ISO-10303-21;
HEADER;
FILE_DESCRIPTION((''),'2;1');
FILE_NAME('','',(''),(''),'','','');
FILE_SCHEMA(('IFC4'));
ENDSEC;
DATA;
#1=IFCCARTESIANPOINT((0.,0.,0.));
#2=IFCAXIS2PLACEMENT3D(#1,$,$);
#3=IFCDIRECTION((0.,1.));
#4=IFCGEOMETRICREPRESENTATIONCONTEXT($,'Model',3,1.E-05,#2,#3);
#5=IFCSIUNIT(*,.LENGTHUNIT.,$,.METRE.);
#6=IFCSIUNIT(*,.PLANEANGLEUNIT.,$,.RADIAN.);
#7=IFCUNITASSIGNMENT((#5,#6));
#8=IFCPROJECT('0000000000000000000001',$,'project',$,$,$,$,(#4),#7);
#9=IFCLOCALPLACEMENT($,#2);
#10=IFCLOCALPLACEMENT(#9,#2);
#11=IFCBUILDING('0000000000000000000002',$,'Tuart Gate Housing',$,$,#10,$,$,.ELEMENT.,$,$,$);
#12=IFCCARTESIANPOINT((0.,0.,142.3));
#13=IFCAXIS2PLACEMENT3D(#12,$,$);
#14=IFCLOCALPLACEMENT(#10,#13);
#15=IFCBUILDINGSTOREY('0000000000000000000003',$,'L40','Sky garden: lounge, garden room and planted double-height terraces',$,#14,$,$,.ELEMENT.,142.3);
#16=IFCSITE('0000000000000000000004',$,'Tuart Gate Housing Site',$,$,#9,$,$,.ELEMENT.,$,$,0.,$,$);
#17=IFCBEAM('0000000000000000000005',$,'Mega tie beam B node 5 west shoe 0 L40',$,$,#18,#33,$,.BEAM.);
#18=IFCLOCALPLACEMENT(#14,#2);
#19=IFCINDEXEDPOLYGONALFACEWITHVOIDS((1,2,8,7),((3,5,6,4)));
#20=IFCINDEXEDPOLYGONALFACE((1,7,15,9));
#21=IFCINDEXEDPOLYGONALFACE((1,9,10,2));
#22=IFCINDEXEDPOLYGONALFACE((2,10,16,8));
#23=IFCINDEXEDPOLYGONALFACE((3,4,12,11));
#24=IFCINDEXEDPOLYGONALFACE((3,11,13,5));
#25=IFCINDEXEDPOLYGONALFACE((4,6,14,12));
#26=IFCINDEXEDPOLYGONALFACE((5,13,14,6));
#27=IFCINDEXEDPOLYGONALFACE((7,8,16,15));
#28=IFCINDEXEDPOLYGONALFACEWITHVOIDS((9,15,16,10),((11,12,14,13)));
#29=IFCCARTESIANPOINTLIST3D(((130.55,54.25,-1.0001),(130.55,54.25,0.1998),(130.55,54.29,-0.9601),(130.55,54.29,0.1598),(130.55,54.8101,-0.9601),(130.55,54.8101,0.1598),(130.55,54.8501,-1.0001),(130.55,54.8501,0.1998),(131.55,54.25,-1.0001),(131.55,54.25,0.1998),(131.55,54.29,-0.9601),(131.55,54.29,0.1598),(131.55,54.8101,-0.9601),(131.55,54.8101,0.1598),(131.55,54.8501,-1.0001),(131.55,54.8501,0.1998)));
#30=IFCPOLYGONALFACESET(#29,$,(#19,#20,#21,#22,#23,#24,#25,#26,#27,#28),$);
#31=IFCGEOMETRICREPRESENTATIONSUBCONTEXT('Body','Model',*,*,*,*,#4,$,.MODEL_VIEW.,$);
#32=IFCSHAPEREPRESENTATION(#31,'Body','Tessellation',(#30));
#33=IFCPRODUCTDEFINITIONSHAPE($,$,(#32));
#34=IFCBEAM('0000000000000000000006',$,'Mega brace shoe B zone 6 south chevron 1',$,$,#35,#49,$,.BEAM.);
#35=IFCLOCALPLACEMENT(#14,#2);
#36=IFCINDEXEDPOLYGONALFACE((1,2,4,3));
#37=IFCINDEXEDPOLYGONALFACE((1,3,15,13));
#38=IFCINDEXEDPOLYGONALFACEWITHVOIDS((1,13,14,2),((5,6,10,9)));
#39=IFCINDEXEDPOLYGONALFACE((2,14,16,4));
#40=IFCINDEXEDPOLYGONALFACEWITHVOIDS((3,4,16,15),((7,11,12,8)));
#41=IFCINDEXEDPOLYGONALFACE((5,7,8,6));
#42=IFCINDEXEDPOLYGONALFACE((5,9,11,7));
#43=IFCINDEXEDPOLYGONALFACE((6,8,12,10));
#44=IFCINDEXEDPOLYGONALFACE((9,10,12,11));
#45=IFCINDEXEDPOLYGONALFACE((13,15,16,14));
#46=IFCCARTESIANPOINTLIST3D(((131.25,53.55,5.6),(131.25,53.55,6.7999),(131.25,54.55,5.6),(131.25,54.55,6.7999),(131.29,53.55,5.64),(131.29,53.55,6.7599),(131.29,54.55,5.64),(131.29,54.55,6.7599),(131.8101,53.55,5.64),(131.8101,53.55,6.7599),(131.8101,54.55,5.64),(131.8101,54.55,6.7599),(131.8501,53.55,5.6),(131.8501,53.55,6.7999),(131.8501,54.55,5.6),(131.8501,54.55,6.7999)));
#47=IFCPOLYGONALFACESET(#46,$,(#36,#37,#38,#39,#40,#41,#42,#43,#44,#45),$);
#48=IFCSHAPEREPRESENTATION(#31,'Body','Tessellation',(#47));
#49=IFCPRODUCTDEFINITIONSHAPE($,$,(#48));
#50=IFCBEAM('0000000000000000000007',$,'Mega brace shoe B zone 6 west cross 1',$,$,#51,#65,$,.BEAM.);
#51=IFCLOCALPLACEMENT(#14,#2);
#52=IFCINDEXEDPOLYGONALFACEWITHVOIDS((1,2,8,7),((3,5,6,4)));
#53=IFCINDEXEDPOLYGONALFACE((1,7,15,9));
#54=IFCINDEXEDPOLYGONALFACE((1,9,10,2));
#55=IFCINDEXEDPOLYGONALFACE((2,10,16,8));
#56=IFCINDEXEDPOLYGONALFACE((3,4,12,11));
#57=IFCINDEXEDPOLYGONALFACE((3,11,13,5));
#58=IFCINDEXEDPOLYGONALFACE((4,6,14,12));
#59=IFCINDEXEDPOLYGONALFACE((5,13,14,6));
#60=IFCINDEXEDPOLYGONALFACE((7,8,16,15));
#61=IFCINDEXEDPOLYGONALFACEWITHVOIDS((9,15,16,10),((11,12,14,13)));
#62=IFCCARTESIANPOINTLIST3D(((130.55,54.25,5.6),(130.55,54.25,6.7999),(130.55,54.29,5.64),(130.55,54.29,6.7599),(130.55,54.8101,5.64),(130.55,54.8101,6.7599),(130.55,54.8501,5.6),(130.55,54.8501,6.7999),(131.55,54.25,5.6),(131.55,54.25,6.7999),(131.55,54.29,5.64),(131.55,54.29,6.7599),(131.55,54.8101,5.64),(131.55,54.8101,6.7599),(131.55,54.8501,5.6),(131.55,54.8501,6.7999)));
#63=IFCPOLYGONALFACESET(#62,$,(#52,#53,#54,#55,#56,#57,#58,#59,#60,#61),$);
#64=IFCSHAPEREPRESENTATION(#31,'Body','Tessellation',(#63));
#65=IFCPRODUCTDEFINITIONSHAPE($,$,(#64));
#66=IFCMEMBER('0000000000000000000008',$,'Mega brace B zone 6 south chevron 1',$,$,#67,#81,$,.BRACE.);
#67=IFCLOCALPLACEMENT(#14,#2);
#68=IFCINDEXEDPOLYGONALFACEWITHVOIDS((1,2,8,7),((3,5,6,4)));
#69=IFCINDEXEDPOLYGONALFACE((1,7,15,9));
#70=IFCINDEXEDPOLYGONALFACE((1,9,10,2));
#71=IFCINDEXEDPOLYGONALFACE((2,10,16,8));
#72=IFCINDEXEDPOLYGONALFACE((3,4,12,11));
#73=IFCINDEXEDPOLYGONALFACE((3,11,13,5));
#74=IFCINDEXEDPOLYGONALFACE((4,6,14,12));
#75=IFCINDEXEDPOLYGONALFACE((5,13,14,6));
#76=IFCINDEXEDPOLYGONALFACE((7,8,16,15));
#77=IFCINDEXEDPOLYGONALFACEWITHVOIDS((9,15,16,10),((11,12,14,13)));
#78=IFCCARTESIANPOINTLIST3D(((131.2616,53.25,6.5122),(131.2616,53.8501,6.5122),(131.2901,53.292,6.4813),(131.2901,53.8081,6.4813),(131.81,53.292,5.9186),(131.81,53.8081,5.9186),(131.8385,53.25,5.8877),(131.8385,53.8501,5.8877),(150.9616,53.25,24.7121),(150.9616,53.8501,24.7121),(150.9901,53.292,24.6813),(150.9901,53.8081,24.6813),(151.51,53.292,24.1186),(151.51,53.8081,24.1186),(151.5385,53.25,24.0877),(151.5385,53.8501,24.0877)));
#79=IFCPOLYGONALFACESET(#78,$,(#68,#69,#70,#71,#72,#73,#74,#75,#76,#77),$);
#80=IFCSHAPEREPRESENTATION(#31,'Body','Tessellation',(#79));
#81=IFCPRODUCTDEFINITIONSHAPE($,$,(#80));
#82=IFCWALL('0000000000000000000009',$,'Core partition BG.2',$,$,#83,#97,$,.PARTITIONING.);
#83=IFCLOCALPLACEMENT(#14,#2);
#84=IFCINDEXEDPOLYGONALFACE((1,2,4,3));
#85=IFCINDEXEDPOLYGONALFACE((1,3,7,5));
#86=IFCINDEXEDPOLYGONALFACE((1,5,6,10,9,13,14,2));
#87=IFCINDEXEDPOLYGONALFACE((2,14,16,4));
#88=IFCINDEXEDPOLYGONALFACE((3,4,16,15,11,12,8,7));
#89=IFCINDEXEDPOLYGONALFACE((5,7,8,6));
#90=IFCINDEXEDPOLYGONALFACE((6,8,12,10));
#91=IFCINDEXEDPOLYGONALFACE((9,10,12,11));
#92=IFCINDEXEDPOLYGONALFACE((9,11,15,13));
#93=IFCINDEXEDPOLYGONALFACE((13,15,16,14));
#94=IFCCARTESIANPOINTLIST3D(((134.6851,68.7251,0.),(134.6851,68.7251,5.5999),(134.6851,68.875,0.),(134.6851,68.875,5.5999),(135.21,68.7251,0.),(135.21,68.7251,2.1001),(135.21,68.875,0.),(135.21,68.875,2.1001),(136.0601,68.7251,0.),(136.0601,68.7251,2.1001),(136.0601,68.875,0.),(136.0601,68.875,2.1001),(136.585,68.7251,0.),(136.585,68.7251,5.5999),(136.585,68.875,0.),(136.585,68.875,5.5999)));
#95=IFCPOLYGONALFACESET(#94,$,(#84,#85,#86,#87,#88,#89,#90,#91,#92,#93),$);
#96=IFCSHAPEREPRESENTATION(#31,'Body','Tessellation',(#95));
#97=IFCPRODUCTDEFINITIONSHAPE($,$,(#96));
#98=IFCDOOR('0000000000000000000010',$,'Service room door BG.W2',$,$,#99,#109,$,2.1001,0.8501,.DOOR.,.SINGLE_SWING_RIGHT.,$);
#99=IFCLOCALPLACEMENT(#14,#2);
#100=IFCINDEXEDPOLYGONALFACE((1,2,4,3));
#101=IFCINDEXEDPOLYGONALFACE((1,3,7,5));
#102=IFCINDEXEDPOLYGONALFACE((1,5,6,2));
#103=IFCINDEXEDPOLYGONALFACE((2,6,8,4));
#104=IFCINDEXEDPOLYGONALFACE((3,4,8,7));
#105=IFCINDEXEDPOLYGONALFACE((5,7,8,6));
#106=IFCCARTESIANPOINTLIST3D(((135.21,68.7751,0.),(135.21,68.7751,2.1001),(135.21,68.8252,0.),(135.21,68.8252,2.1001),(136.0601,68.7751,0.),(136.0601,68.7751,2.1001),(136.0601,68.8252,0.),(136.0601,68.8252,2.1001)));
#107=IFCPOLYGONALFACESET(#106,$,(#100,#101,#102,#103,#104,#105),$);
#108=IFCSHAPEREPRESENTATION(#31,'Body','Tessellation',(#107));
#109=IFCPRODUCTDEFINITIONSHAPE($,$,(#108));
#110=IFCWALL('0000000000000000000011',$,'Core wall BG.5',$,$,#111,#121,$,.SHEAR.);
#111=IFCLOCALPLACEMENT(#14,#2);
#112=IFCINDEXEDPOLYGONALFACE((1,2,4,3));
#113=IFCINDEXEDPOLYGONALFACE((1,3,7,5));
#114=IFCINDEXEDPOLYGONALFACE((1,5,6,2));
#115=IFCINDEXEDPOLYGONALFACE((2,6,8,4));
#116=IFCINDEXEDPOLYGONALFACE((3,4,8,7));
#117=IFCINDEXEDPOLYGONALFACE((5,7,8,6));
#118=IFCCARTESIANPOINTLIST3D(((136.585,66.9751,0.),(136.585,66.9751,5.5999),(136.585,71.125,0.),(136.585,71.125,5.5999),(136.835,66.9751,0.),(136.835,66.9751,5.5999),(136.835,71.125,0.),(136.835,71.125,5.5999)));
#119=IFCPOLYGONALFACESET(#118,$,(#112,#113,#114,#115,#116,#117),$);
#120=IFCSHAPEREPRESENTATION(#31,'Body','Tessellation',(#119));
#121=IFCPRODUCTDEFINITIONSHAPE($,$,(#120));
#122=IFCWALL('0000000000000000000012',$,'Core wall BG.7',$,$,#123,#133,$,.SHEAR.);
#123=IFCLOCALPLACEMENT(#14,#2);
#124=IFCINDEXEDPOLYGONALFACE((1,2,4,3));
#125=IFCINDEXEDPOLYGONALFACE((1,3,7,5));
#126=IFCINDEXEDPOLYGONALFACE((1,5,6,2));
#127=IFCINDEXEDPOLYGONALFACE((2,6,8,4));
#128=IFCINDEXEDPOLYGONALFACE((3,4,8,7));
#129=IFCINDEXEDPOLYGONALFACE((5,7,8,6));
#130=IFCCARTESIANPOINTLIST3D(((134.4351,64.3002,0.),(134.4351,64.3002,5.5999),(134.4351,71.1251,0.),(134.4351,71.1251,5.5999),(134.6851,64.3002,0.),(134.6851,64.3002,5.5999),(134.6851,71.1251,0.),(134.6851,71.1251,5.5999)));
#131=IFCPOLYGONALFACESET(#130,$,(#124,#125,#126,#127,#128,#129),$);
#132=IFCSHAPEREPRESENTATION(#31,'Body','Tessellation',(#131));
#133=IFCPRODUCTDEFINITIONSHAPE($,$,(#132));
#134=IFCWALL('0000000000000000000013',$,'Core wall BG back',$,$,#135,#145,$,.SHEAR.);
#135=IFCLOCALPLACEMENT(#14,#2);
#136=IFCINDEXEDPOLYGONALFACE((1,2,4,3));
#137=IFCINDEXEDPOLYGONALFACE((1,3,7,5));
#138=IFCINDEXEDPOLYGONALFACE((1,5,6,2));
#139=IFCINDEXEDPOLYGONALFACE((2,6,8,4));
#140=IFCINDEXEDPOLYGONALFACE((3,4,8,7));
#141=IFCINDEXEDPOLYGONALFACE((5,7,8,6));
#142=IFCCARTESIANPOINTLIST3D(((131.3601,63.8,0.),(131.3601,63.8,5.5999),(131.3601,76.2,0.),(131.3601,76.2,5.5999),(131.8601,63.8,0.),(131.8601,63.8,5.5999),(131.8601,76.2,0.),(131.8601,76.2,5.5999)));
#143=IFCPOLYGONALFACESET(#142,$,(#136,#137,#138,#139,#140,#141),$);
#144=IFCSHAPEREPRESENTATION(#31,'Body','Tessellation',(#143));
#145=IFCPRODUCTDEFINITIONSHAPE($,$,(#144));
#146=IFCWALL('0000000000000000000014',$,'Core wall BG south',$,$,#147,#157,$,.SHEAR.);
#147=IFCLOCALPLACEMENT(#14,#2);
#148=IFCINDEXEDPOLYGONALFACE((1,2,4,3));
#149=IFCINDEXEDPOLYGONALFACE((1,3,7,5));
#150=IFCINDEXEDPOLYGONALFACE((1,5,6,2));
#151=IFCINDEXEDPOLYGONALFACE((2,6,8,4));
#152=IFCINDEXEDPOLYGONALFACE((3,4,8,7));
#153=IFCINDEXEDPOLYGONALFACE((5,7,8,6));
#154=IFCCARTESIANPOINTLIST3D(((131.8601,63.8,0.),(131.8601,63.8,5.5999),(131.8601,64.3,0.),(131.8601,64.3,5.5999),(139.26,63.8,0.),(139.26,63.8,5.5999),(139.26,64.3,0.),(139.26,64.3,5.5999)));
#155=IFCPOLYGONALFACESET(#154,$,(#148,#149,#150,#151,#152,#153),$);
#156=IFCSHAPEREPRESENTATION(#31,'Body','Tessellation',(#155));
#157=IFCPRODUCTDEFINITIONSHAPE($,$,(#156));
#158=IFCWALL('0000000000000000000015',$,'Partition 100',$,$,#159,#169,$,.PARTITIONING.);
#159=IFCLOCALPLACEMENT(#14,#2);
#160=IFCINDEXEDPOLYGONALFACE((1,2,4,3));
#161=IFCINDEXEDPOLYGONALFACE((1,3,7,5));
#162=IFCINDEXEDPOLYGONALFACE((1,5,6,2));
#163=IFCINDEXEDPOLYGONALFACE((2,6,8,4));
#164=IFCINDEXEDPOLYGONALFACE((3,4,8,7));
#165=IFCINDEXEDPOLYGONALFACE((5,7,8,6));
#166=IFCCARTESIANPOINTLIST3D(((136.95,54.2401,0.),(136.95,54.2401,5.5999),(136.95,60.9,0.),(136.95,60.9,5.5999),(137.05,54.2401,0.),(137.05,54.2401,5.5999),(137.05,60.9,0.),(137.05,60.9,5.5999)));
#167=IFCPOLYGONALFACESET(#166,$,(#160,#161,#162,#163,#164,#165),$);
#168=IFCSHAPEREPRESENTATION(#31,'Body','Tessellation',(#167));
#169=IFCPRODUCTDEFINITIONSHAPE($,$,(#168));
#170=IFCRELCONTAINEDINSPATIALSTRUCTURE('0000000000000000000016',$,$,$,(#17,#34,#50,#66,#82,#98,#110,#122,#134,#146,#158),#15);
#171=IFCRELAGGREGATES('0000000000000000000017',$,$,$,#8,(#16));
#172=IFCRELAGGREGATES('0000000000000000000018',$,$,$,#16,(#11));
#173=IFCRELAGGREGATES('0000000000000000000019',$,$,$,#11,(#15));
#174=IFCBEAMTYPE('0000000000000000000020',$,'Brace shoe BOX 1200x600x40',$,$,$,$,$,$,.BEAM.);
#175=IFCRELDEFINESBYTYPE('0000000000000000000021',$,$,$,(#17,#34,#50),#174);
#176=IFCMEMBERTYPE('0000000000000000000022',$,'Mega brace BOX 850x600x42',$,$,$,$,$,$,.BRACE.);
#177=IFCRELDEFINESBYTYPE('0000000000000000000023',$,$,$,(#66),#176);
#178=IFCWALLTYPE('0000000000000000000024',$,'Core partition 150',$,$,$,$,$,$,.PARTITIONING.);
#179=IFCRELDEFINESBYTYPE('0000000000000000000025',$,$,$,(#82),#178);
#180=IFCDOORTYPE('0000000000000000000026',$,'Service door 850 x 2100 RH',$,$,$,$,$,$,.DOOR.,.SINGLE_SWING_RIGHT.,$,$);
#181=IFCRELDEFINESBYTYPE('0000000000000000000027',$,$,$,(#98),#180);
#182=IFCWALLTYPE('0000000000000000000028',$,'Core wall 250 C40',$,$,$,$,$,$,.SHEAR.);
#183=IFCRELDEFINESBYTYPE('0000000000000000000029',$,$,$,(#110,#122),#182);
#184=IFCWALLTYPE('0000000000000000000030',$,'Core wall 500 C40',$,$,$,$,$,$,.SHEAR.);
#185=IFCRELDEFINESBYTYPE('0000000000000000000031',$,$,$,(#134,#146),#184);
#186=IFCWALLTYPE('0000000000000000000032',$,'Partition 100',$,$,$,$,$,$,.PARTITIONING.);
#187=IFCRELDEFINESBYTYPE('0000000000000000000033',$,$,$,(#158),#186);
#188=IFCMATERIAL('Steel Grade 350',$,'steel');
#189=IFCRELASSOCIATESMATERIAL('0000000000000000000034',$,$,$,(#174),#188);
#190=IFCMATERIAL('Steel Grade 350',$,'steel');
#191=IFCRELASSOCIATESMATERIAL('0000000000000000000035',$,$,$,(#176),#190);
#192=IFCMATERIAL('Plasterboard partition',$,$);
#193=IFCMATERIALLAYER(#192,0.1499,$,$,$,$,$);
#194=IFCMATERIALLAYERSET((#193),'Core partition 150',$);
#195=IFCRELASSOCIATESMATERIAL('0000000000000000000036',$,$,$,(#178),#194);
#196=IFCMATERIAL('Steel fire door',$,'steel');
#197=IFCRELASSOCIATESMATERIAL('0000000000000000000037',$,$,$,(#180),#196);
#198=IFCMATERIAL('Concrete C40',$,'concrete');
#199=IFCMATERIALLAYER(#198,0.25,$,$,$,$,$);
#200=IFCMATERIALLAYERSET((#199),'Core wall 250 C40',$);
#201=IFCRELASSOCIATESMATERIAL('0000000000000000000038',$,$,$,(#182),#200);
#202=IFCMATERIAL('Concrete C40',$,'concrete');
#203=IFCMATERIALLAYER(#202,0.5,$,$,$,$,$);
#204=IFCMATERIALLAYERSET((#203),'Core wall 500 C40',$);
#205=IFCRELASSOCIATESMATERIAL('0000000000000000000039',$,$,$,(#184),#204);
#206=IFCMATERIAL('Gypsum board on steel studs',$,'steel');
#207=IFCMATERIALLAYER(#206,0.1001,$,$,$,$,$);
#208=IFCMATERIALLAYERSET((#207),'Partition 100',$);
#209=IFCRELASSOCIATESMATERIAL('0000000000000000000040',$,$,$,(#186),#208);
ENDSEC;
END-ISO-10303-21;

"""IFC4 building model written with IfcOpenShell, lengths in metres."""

from ifc_helpers import new_model, si_unit, direction, frame, frame_2d, origin, origin_2d, place, context, subcontext, project, spatial, rectangle, hollow_rectangle, extrude, material, layer, layer_set, material_profile, profile_set, type_object, element, fill, save


model = new_model("IFC4")

# Units and contexts
model_context = context("Model", 3, precision=1e-05, world=origin(), true_north=direction((0.0, 1.0)))
body_context = subcontext(model_context, "Body", "Model", "MODEL_VIEW")
ifc_project = project(units=[si_unit("LENGTHUNIT", "METRE"), si_unit("PLANEANGLEUNIT", "RADIAN")], contexts=[model_context])

# Site, building, storey
site_placement = place(None, origin())
site = spatial("IfcSite", under=ifc_project, at=site_placement, Name="Tuart Gate Housing Site", CompositionType="ELEMENT", RefElevation=0.0)
building_placement = place(site_placement, origin())
building = spatial("IfcBuilding", under=site, at=building_placement, Name="Tuart Gate Housing", CompositionType="ELEMENT")
storey_placement = place(building_placement, frame((0.0, 0.0, 142.3)))
storey = spatial("IfcBuildingStorey", under=building, at=storey_placement, Name="L40", Description="Sky garden: lounge, garden room and planted double-height terraces", CompositionType="ELEMENT", Elevation=142.3)

# Beams
ifc_material_1 = material(Name="Steel Grade 350", Category="steel")
ifc_material_profile_1 = material_profile(ifc_material_1, hollow_rectangle(XDim=0.6001, YDim=1.2, WallThickness=0.04, at=origin_2d()), Name="BOX 1200x600x40")
ifc_profile_set_1 = profile_set([ifc_material_profile_1], Name="Steel Grade 350")
beam_type = type_object("IfcBeamType", Name="Brace shoe BOX 1200x600x40", PredefinedType="BEAM", material=ifc_profile_set_1)
for number, where, z_axis, x_axis, name in (
    (1, (131.55, 54.55, -0.4001), (-1.0, 0.0, 0.0), (0.0, -1.0, 0.0), "Mega tie beam B node 5 west shoe 0 L40"),
    (2, (131.55, 54.55, 6.2), (0.0, -1.0, 0.0), (1.0, 0.0, 0.0), "Mega brace shoe B zone 6 south chevron 1"),
    (3, (131.55, 54.55, 6.2), (-1.0, 0.0, 0.0), (0.0, -1.0, 0.0), "Mega brace shoe B zone 6 west cross 1"),
):
    element("IfcBeam", number, at=place(storey_placement, frame(where, z_axis=z_axis, x_axis=x_axis)), inside=storey, type_object=beam_type, Name=name, PredefinedType="BEAM", context=body_context, shape_type="SweptSolid", body=[
        extrude(hollow_rectangle(XDim=0.6001, YDim=1.2, WallThickness=0.04, at=origin_2d()), origin(), (0.0, 0.0, 1.0), 1.0),
    ])

# Member
ifc_material_2 = material(Name="Steel Grade 350", Category="steel")
ifc_material_profile_2 = material_profile(ifc_material_2, hollow_rectangle(XDim=0.6001, YDim=0.8501, WallThickness=0.042, at=origin_2d()), Name="BOX 850x600x42")
ifc_profile_set_2 = profile_set([ifc_material_profile_2], Name="Steel Grade 350")
member_type = type_object("IfcMemberType", Name="Mega brace BOX 850x600x42", PredefinedType="BRACE", material=ifc_profile_set_2)
member_placement = place(storey_placement, frame((131.55, 53.55, 6.2), z_axis=(0.734518, 0.0, 0.67859), x_axis=(0.0, 1.0, 0.0)))
element("IfcMember", 4, at=member_placement, inside=storey, type_object=member_type, Name="Mega brace B zone 6 south chevron 1", PredefinedType="BRACE", context=body_context, shape_type="SweptSolid", body=[
    extrude(hollow_rectangle(XDim=0.6001, YDim=0.8501, WallThickness=0.042, at=origin_2d()), origin(), (0.0, 0.0, 1.0), 26.8203),
])

# Wall, opening, door
ifc_material_3 = material(Name="Plasterboard partition")
ifc_layer_1 = layer(ifc_material_3, 0.1499)
ifc_layer_set_1 = layer_set([ifc_layer_1], Name="Core partition 150")
wall_type_1 = type_object("IfcWallType", Name="Core partition 150", PredefinedType="PARTITIONING", material=ifc_layer_set_1)
wall_1_placement = place(storey_placement, frame((136.585, 68.8, 0.0), z_axis=(0.0, 0.0, 1.0), x_axis=(-1.0, 0.0, 0.0)))
wall_1 = element("IfcWall", 5, at=wall_1_placement, inside=storey, type_object=wall_type_1, Name="Core partition BG.2", PredefinedType="PARTITIONING", context=body_context, shape_type="SweptSolid", body=[
    extrude(rectangle(XDim=1.8999, YDim=0.1499, at=frame_2d((0.95, 0.0))), origin(), (0.0, 0.0, 1.0), 5.5999),
])
opening_1_placement = place(wall_1_placement, frame((0.5249, 0.0, 0.0)))
opening_1 = element("IfcOpeningElement", 6, at=opening_1_placement, cuts=wall_1, PredefinedType="OPENING", context=body_context, shape_type="SweptSolid", body=[
    extrude(rectangle(XDim=0.8501, YDim=2.1001, at=frame_2d((0.425, 1.05))), frame((0.0, 0.085, 0.0), z_axis=(0.0, -1.0, 0.0), x_axis=(1.0, 0.0, 0.0)), (0.0, 0.0, 1.0), 0.1699),
])
ifc_material_4 = material(Name="Steel fire door", Category="steel")
door_type = type_object("IfcDoorType", Name="Service door 850 x 2100 RH", OperationType="SINGLE_SWING_RIGHT", PredefinedType="DOOR", material=ifc_material_4)
door_placement = place(opening_1_placement, frame((0.8501, 0.0, 0.0), z_axis=(0.0, 0.0, 1.0), x_axis=(-1.0, 0.0, 0.0)))
door = element("IfcDoor", 7, at=door_placement, inside=storey, type_object=door_type, Name="Service room door BG.W2", OperationType="SINGLE_SWING_RIGHT", OverallHeight=2.1001, OverallWidth=0.8501, PredefinedType="DOOR", context=body_context, shape_type="SweptSolid", body=[
    extrude(rectangle(XDim=0.8501, YDim=2.1001, at=frame_2d((0.425, 1.05))), frame((0.0, 0.0251, 0.0), z_axis=(0.0, -1.0, 0.0), x_axis=(1.0, 0.0, 0.0)), (0.0, 0.0, 1.0), 0.05),
])
fill(opening_1, door)

# Walls
ifc_material_5 = material(Name="Concrete C40", Category="concrete")
ifc_layer_2 = layer(ifc_material_5, 0.25)
ifc_layer_set_2 = layer_set([ifc_layer_2], Name="Core wall 250 C40")
wall_type_2 = type_object("IfcWallType", Name="Core wall 250 C40", PredefinedType="SHEAR", material=ifc_layer_set_2)
wall_2_placement = place(storey_placement, frame((136.71, 66.9751, 0.0), z_axis=(0.0, 0.0, 1.0), x_axis=(0.0, 1.0, 0.0)))
element("IfcWall", 8, at=wall_2_placement, inside=storey, type_object=wall_type_2, Name="Core wall BG.5", PredefinedType="SHEAR", context=body_context, shape_type="SweptSolid", body=[
    extrude(rectangle(XDim=4.1499, YDim=0.25, at=frame_2d((2.075, 0.0))), origin(), (0.0, 0.0, 1.0), 5.5999),
])
wall_3_placement = place(storey_placement, frame((134.5601, 64.3, 0.0), z_axis=(0.0, 0.0, 1.0), x_axis=(0.0, 1.0, 0.0)))
element("IfcWall", 9, at=wall_3_placement, inside=storey, type_object=wall_type_2, Name="Core wall BG.7", PredefinedType="SHEAR", context=body_context, shape_type="SweptSolid", body=[
    extrude(rectangle(XDim=6.825, YDim=0.25, at=frame_2d((3.4126, 0.0))), origin(), (0.0, 0.0, 1.0), 5.5999),
])
ifc_material_6 = material(Name="Concrete C40", Category="concrete")
ifc_layer_3 = layer(ifc_material_6, 0.5)
ifc_layer_set_3 = layer_set([ifc_layer_3], Name="Core wall 500 C40")
wall_type_3 = type_object("IfcWallType", Name="Core wall 500 C40", PredefinedType="SHEAR", material=ifc_layer_set_3)
wall_4_placement = place(storey_placement, frame((131.6101, 63.8, 0.0), z_axis=(0.0, 0.0, 1.0), x_axis=(0.0, 1.0, 0.0)))
element("IfcWall", 10, at=wall_4_placement, inside=storey, type_object=wall_type_3, Name="Core wall BG back", PredefinedType="SHEAR", context=body_context, shape_type="SweptSolid", body=[
    extrude(rectangle(XDim=12.3999, YDim=0.5, at=frame_2d((6.2, 0.0))), origin(), (0.0, 0.0, 1.0), 5.5999),
])
wall_5_placement = place(storey_placement, frame((139.26, 64.05, 0.0), z_axis=(0.0, 0.0, 1.0), x_axis=(-1.0, 0.0, 0.0)))
element("IfcWall", 11, at=wall_5_placement, inside=storey, type_object=wall_type_3, Name="Core wall BG south", PredefinedType="SHEAR", context=body_context, shape_type="SweptSolid", body=[
    extrude(rectangle(XDim=7.3999, YDim=0.5, at=frame_2d((3.7, 0.0))), origin(), (0.0, 0.0, 1.0), 5.5999),
])
ifc_material_7 = material(Name="Gypsum board on steel studs", Category="steel")
ifc_layer_4 = layer(ifc_material_7, 0.1001)
ifc_layer_set_4 = layer_set([ifc_layer_4], Name="Partition 100")
wall_type_4 = type_object("IfcWallType", Name="Partition 100", PredefinedType="PARTITIONING", material=ifc_layer_set_4)
wall_6_placement = place(storey_placement, frame((137.0, 54.24, 0.0), z_axis=(0.0, 0.0, 1.0), x_axis=(0.0, 1.0, 0.0)))
element("IfcWall", 12, at=wall_6_placement, inside=storey, type_object=wall_type_4, Name="Partition 100", PredefinedType="PARTITIONING", context=body_context, shape_type="SweptSolid", body=[
    extrude(rectangle(XDim=6.6599, YDim=0.1001, at=frame_2d((3.3301, 0.0))), origin(), (0.0, 0.0, 1.0), 5.5999),
])

save(model, "model.ifc")
